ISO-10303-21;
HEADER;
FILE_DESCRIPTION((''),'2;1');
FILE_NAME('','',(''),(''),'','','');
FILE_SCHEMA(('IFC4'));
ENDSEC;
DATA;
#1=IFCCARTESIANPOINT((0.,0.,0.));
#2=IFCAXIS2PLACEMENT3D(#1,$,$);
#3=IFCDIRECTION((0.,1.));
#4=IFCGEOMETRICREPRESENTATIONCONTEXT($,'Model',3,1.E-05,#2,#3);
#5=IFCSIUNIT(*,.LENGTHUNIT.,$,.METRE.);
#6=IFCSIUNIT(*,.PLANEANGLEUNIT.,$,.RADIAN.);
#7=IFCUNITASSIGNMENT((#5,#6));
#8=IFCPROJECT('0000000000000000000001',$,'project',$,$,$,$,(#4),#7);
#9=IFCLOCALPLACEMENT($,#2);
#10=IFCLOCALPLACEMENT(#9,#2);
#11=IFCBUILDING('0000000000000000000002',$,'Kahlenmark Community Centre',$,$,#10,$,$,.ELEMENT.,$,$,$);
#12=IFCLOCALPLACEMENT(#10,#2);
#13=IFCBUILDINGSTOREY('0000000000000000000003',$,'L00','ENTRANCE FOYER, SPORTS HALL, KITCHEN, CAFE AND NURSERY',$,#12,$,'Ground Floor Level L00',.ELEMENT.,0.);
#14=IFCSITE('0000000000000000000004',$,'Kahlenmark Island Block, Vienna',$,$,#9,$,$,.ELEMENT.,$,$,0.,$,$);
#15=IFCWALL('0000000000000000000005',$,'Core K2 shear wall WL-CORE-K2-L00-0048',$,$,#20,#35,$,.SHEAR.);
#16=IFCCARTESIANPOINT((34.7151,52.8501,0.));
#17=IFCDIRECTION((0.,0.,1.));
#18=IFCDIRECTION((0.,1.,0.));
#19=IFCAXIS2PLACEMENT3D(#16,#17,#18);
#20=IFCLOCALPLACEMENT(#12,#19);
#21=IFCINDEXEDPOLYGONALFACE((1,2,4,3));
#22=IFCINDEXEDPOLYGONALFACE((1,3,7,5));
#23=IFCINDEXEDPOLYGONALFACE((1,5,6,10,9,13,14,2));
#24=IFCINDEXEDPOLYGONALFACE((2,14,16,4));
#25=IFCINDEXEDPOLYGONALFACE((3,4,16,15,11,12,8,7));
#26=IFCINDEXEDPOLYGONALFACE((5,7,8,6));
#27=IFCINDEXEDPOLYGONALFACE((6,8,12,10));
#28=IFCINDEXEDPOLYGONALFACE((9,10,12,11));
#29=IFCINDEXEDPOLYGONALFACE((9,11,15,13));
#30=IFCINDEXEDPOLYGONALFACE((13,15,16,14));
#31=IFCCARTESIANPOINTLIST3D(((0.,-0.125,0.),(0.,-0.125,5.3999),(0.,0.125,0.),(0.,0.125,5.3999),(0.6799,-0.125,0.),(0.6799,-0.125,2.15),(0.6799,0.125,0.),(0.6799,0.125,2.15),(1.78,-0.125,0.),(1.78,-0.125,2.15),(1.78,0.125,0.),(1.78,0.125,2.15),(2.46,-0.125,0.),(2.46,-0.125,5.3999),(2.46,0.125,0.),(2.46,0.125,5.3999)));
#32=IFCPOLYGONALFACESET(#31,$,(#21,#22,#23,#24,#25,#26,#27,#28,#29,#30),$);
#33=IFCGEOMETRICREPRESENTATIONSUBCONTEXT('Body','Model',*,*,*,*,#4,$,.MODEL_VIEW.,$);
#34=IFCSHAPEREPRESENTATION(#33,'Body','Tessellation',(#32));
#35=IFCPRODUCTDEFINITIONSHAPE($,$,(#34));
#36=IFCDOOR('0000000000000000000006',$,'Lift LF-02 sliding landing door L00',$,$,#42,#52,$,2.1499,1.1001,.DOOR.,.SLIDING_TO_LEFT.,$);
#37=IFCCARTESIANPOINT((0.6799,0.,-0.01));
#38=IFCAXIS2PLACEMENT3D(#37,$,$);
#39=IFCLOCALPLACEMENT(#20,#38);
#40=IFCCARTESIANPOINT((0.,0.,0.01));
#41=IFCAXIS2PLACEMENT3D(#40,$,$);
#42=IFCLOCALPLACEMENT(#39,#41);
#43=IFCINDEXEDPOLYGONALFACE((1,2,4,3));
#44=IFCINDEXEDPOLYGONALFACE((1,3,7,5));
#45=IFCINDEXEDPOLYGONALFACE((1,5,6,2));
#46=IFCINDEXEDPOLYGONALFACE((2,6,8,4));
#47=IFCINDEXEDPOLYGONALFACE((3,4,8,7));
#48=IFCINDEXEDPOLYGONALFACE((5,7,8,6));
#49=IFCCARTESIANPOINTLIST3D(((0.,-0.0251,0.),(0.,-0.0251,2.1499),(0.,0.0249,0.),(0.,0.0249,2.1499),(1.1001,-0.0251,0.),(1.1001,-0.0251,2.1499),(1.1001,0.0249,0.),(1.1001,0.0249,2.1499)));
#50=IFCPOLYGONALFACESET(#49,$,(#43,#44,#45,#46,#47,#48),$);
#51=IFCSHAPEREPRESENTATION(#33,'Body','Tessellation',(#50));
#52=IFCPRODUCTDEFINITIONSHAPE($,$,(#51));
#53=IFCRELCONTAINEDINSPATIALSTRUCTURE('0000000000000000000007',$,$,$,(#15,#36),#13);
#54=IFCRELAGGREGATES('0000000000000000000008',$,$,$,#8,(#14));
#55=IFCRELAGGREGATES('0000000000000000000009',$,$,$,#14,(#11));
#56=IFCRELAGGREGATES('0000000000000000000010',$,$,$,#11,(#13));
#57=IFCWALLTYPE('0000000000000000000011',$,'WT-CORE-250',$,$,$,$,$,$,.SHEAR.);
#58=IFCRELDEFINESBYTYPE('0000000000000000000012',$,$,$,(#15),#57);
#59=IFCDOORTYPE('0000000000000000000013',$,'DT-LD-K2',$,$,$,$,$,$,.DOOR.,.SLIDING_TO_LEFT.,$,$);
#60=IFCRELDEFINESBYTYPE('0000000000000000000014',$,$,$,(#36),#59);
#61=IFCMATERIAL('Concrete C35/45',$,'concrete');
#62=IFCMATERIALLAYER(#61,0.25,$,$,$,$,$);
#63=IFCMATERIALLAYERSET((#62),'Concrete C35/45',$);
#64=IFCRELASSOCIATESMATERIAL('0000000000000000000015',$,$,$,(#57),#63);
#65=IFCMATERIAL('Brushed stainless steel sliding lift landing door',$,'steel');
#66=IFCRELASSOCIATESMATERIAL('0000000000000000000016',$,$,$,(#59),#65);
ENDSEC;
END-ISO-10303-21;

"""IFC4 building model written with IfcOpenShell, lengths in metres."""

from ifc_helpers import new_model, si_unit, direction, frame, frame_2d, origin, place, context, subcontext, project, spatial, rectangle, extrude, material, layer, layer_set, type_object, element, fill, save


model = new_model("IFC4")

# Units and contexts
model_context = context("Model", 3, precision=1e-05, world=origin(), true_north=direction((0.0, 1.0)))
body_context = subcontext(model_context, "Body", "Model", "MODEL_VIEW")
ifc_project = project(units=[si_unit("LENGTHUNIT", "METRE"), si_unit("PLANEANGLEUNIT", "RADIAN")], contexts=[model_context])

# Site, building, storey
site_placement = place(None, origin())
site = spatial("IfcSite", under=ifc_project, at=site_placement, Name="Kahlenmark Island Block, Vienna", CompositionType="ELEMENT", RefElevation=0.0)
building_placement = place(site_placement, origin())
building = spatial("IfcBuilding", under=site, at=building_placement, Name="Kahlenmark Community Centre", CompositionType="ELEMENT")
storey_placement = place(building_placement, origin())
storey = spatial("IfcBuildingStorey", under=building, at=storey_placement, Name="L00", Description="ENTRANCE FOYER, SPORTS HALL, KITCHEN, CAFE AND NURSERY", LongName="Ground Floor Level L00", CompositionType="ELEMENT", Elevation=0.0)

# Shared definitions
ifc_material_1 = material(Name="Concrete C35/45", Category="concrete")

# Shared definitions
ifc_layer = layer(ifc_material_1, 0.25)
ifc_layer_set = layer_set([ifc_layer], Name="Concrete C35/45")
wall_type = type_object("IfcWallType", Name="WT-CORE-250", PredefinedType="SHEAR", material=ifc_layer_set)

# Wall, opening, door
wall_1_placement = place(storey_placement, frame((34.7151, 52.8501, 0.0), z_axis=(0.0, 0.0, 1.0), x_axis=(0.0, 1.0, 0.0)))
wall_1 = element("IfcWall", 1, at=wall_1_placement, inside=storey, type_object=wall_type, Name="Core K2 shear wall WL-CORE-K2-L00-0048", PredefinedType="SHEAR", context=body_context, shape_type="SweptSolid", body=[
    extrude(rectangle(XDim=2.46, YDim=0.25, at=frame_2d((1.23, 0.0))), origin(), (0.0, 0.0, 1.0), 5.3999),
])
opening_placement = place(wall_1_placement, frame((0.6799, 0.0, -0.01)))
opening = element("IfcOpeningElement", 2, at=opening_placement, cuts=wall_1, PredefinedType="OPENING", context=body_context, shape_type="SweptSolid", body=[
    extrude(rectangle(XDim=1.1001, YDim=2.1599, at=frame_2d((0.55, 1.0801))), frame((0.0, 0.135, 0.0), z_axis=(0.0, -1.0, 0.0), x_axis=(1.0, 0.0, 0.0)), (0.0, 0.0, 1.0), 0.27),
])
ifc_material_2 = material(Name="Brushed stainless steel sliding lift landing door", Category="steel")
door_type = type_object("IfcDoorType", Name="DT-LD-K2", OperationType="SLIDING_TO_LEFT", PredefinedType="DOOR", material=ifc_material_2)
door_placement = place(opening_placement, frame((0.0, 0.0, 0.01)))
door = element("IfcDoor", 3, at=door_placement, inside=storey, type_object=door_type, Name="Lift LF-02 sliding landing door L00", OperationType="SLIDING_TO_LEFT", OverallHeight=2.1499, OverallWidth=1.1001, PredefinedType="DOOR", context=body_context, shape_type="SweptSolid", body=[
    extrude(rectangle(XDim=1.1001, YDim=2.1499, at=frame_2d((0.55, 1.075))), frame((0.0, 0.0249, 0.0), z_axis=(0.0, -1.0, 0.0), x_axis=(1.0, 0.0, 0.0)), (0.0, 0.0, 1.0), 0.05),
])
fill(opening, door)

save(model, "model.ifc")
